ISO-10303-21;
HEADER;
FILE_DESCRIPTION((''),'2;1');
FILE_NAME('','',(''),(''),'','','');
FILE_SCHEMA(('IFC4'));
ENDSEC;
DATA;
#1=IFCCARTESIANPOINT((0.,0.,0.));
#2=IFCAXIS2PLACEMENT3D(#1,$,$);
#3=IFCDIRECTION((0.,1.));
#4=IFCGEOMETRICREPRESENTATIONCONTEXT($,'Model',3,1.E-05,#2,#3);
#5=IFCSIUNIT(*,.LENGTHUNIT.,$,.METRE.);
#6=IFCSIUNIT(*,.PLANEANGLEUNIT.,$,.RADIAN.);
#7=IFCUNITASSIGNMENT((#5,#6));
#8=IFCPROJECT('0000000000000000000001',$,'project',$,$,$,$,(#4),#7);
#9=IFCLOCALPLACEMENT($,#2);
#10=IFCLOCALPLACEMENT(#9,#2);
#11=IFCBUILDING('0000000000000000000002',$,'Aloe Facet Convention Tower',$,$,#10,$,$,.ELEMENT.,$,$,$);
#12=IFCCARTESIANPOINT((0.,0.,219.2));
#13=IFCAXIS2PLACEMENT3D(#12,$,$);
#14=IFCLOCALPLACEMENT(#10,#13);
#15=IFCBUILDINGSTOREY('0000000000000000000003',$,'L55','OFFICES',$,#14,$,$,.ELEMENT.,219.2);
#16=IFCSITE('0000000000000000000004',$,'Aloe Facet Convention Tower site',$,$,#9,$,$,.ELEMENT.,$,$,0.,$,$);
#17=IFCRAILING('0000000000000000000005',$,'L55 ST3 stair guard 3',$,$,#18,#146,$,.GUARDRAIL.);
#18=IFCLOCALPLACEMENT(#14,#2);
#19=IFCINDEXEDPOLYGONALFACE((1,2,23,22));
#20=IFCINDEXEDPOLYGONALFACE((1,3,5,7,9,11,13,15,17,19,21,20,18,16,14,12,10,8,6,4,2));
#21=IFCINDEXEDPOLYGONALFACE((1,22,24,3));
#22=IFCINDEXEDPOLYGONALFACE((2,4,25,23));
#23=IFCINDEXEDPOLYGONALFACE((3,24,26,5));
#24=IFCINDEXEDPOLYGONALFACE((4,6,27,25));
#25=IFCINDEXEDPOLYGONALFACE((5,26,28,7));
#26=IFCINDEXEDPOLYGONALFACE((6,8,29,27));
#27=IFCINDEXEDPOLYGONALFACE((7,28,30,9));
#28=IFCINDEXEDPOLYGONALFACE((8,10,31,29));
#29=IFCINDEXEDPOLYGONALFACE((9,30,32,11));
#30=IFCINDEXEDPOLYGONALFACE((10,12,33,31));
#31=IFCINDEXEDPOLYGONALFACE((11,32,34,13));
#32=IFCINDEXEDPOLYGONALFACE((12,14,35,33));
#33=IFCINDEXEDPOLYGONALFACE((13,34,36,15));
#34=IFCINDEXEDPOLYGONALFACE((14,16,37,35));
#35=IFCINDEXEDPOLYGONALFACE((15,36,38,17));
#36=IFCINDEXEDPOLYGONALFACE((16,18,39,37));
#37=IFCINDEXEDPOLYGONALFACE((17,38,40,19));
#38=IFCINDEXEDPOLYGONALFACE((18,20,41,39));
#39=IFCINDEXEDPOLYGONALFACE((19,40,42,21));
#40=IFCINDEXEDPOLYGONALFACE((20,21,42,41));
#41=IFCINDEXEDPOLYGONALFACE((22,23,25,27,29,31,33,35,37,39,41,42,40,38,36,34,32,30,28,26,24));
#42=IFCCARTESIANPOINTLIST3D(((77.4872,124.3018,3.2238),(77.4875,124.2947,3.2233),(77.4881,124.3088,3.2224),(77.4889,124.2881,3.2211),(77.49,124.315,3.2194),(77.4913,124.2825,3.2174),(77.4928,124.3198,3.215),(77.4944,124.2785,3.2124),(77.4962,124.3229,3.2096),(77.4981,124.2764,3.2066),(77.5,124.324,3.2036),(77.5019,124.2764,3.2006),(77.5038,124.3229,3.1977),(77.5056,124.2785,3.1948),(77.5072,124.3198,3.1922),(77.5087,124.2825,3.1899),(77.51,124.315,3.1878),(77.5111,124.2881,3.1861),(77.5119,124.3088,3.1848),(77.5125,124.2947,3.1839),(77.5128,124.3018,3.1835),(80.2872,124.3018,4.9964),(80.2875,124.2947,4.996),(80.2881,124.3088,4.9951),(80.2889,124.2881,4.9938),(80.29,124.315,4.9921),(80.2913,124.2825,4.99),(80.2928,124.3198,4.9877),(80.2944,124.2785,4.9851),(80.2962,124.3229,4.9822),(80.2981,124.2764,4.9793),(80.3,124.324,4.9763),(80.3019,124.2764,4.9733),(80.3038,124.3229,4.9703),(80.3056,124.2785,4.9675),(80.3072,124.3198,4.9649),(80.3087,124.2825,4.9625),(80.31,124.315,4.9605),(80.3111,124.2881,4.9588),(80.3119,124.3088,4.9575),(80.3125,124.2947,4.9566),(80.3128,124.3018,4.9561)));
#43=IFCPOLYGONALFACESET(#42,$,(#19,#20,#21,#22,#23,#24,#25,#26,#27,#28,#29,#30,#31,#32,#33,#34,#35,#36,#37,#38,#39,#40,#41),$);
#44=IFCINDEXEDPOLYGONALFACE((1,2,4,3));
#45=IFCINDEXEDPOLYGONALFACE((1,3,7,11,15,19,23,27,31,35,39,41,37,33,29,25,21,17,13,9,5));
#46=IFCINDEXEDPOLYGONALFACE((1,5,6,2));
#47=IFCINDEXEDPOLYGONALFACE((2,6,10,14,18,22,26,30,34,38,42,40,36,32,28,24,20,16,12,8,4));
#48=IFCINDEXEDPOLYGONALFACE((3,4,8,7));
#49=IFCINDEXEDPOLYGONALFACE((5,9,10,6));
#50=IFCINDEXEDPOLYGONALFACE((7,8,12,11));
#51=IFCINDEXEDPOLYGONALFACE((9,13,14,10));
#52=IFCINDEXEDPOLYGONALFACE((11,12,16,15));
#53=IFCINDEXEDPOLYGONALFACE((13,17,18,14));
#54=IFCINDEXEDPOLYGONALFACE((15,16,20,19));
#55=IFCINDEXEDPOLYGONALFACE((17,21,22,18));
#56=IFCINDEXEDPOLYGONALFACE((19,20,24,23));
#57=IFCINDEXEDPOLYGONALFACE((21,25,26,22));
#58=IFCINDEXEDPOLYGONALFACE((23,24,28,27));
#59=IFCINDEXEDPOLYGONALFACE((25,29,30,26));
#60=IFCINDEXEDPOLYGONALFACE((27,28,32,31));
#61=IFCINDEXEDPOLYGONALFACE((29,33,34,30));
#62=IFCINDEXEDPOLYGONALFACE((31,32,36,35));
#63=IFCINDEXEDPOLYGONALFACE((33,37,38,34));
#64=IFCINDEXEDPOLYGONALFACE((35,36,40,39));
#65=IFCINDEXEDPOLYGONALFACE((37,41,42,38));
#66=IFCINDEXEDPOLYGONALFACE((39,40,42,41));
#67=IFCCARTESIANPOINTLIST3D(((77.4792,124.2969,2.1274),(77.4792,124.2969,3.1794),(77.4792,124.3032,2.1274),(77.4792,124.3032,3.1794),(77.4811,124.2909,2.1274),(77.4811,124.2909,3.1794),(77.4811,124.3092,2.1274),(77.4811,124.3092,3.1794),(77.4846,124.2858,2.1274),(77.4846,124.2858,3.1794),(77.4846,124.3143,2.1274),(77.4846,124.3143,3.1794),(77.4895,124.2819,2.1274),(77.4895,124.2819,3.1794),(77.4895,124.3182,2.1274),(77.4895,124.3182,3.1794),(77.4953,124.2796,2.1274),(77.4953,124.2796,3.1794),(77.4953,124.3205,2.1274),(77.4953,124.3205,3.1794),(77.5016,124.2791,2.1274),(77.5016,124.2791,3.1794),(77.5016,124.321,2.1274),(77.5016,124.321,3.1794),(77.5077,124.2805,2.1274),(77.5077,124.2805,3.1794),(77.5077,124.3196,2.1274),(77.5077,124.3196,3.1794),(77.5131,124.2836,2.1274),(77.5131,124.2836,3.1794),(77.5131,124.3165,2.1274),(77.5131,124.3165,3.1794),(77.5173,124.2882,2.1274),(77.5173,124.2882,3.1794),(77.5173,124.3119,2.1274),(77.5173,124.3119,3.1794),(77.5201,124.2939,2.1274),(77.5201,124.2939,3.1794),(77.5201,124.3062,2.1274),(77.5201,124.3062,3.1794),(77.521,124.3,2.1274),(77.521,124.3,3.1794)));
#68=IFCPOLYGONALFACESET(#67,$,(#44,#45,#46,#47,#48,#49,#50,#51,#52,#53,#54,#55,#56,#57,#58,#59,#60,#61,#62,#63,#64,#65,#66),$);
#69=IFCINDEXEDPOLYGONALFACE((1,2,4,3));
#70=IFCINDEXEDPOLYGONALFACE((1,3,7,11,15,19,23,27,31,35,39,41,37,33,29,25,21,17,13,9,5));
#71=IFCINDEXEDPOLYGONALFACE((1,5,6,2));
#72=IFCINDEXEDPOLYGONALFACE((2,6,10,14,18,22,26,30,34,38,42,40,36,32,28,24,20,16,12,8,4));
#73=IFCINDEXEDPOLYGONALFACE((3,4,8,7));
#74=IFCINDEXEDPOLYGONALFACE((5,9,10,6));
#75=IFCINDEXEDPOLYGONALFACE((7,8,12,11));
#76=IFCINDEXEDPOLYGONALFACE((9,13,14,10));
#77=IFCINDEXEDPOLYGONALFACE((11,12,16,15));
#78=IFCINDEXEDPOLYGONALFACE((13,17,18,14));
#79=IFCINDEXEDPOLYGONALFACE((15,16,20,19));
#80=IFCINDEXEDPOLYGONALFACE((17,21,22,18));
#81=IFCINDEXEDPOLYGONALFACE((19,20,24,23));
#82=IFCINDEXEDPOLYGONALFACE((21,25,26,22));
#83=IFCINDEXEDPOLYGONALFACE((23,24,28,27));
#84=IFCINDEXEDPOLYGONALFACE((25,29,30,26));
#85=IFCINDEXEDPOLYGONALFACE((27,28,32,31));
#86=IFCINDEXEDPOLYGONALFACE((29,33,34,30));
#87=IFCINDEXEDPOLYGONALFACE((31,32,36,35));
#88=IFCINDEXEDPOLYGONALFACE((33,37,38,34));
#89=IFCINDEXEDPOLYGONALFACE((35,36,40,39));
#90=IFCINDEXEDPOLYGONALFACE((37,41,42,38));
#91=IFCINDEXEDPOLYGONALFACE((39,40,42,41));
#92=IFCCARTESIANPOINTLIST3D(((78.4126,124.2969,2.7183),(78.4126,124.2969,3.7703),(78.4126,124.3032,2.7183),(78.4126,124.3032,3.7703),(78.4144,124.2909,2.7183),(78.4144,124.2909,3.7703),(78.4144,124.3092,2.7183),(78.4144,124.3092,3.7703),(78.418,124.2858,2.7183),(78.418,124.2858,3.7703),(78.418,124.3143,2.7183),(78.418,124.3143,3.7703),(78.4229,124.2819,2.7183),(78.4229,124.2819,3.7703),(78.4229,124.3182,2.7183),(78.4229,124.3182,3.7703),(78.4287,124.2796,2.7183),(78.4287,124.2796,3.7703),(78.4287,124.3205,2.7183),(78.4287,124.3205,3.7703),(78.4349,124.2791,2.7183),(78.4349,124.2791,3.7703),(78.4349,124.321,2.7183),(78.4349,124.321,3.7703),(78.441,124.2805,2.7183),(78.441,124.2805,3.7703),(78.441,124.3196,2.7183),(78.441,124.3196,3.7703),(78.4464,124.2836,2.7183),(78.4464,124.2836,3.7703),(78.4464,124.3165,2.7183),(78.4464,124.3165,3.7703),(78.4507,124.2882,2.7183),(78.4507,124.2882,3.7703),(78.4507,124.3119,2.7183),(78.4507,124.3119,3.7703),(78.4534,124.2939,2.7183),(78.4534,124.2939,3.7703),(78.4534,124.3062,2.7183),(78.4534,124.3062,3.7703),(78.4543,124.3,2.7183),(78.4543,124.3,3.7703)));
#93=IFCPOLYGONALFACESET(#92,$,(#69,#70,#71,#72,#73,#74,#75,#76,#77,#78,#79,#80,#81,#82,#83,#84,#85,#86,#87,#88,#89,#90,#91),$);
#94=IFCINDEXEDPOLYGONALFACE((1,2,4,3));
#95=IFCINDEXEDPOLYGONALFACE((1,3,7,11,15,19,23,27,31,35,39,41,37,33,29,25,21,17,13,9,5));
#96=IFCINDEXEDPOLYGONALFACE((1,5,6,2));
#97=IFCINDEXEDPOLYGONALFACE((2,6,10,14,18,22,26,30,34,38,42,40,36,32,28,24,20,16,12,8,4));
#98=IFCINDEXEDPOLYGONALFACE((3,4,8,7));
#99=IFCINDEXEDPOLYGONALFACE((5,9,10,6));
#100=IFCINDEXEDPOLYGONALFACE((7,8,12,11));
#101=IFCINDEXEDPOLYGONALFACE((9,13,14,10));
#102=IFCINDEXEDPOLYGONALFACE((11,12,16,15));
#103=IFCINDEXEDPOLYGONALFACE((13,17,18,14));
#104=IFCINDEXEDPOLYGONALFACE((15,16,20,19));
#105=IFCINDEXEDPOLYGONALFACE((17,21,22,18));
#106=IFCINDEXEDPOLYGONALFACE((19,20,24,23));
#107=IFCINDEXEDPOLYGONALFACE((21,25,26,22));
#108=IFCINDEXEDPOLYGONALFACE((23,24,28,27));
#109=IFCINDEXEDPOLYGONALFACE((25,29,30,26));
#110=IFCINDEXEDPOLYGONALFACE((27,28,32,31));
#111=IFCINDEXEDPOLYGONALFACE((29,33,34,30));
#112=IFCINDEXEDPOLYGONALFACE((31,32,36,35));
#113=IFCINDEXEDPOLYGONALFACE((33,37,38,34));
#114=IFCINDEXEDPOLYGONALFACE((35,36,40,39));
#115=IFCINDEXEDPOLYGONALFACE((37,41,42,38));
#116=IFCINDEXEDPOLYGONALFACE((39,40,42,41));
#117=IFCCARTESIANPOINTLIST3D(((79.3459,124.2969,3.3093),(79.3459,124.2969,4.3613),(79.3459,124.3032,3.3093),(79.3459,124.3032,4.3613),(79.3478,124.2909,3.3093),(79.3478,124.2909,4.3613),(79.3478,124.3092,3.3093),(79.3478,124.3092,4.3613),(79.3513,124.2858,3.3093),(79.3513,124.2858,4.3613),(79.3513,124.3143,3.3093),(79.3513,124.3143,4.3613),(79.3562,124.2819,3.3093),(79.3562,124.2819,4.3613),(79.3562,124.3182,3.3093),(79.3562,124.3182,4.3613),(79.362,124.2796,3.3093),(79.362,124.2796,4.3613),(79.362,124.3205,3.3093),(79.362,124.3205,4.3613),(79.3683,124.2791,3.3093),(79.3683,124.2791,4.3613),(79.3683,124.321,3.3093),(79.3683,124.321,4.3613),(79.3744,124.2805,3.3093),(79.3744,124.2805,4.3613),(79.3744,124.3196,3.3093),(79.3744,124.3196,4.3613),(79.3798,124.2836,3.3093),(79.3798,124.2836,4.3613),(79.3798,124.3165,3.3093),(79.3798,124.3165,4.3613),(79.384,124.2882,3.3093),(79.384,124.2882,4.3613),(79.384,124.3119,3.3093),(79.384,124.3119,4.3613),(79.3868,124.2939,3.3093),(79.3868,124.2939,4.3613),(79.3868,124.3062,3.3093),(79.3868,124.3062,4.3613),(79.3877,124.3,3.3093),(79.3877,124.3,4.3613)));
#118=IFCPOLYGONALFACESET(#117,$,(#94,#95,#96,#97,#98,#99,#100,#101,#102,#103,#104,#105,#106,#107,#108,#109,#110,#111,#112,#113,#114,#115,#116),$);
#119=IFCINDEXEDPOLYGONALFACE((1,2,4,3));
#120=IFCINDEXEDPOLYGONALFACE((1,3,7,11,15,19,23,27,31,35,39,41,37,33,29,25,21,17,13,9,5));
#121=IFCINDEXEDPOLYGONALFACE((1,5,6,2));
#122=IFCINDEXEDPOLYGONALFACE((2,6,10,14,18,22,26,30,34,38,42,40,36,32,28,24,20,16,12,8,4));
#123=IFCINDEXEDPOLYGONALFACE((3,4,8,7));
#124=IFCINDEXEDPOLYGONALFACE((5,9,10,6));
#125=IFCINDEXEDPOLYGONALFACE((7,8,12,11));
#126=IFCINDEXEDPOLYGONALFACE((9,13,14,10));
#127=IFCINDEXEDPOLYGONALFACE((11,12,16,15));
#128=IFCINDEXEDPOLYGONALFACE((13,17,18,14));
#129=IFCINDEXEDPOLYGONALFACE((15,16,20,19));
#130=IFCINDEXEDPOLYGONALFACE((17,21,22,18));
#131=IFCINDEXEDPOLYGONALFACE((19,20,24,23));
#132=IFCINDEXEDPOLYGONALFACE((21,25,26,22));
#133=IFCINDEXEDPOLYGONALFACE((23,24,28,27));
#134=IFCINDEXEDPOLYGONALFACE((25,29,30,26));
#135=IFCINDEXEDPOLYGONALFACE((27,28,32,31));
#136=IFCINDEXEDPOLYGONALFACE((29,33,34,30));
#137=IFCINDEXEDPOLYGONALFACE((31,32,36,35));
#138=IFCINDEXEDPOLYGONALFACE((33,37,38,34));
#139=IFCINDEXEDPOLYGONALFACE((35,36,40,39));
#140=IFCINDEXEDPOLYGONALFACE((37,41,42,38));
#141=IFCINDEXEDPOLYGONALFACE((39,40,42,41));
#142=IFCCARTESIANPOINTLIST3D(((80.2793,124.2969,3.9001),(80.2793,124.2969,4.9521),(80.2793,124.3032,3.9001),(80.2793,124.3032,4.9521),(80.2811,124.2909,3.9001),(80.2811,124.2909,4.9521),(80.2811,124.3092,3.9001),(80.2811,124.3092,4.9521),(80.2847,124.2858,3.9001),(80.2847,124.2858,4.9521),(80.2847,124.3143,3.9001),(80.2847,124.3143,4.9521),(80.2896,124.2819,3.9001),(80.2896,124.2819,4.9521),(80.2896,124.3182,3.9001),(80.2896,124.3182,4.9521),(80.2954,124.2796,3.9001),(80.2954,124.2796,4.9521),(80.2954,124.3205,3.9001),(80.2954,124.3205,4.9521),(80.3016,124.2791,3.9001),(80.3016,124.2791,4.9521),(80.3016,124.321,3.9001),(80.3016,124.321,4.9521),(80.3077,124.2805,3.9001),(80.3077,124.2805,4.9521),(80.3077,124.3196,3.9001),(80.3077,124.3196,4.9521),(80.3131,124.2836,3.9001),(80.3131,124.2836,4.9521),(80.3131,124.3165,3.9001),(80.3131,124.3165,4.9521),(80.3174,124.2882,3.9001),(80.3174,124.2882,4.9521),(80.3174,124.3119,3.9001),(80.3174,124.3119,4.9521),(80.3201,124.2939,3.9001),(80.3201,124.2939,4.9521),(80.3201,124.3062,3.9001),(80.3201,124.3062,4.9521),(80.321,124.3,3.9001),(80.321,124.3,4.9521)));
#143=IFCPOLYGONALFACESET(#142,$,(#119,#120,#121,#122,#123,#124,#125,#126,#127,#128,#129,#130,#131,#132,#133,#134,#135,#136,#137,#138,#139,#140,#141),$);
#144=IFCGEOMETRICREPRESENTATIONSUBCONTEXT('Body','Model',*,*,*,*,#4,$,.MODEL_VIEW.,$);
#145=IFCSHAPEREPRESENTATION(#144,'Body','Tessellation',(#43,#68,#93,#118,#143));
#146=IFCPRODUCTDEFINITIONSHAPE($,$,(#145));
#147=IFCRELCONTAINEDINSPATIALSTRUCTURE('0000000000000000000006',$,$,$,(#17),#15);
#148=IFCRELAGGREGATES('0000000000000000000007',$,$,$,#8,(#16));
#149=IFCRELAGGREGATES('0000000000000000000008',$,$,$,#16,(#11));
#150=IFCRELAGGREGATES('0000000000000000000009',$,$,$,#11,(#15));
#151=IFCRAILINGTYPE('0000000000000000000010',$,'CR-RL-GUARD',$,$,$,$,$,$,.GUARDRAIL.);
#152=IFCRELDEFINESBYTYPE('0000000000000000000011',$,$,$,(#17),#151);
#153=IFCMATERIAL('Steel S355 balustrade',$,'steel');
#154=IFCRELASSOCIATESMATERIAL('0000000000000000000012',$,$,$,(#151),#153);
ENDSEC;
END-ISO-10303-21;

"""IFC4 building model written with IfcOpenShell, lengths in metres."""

from ifc_helpers import new_model, si_unit, direction, frame, origin, origin_2d, place, context, subcontext, project, spatial, circle, extrude, material, type_object, element, save


model = new_model("IFC4")

# Units and contexts
model_context = context("Model", 3, precision=1e-05, world=origin(), true_north=direction((0.0, 1.0)))
body_context = subcontext(model_context, "Body", "Model", "MODEL_VIEW")
ifc_project = project(units=[si_unit("LENGTHUNIT", "METRE"), si_unit("PLANEANGLEUNIT", "RADIAN")], contexts=[model_context])

# Site, building, storey
site_placement = place(None, origin())
site = spatial("IfcSite", under=ifc_project, at=site_placement, Name="Aloe Facet Convention Tower site", CompositionType="ELEMENT", RefElevation=0.0)
building_placement = place(site_placement, origin())
building = spatial("IfcBuilding", under=site, at=building_placement, Name="Aloe Facet Convention Tower", CompositionType="ELEMENT")
storey_placement = place(building_placement, frame((0.0, 0.0, 219.2)))
storey = spatial("IfcBuildingStorey", under=building, at=storey_placement, Name="L55", Description="OFFICES", CompositionType="ELEMENT", Elevation=219.2)

# Railing
ifc_material_1 = material(Name="Steel S355 balustrade", Category="steel")
railing_type_1 = type_object("IfcRailingType", Name="CR-RL-GUARD", PredefinedType="GUARDRAIL", material=ifc_material_1)
railing_1_placement = place(storey_placement, frame((77.5, 124.3, 2.1274)))
element("IfcRailing", 1, at=railing_1_placement, inside=storey, type_object=railing_type_1, Name="L55 ST3 stair guard 3", PredefinedType="GUARDRAIL", context=body_context, shape_type="SweptSolid", body=[
    extrude(circle(Radius=0.0239, at=origin_2d()), frame((0.0, 0.0, 1.0762), z_axis=(0.844909, 0.0, 0.53491), x_axis=(0.0, 1.0, 0.0)), (0.0, 0.0, 1.0), 3.314),
    extrude(circle(Radius=0.021, at=origin_2d()), origin(), (0.0, 0.0, 1.0), 1.052),
    extrude(circle(Radius=0.021, at=origin_2d()), frame((0.9333, 0.0, 0.5908)), (0.0, 0.0, 1.0), 1.052),
    extrude(circle(Radius=0.021, at=origin_2d()), frame((1.8667, 0.0, 1.1819)), (0.0, 0.0, 1.0), 1.052),
    extrude(circle(Radius=0.021, at=origin_2d()), frame((2.8, 0.0, 1.7727)), (0.0, 0.0, 1.0), 1.052),
])

save(model, "model.ifc")
